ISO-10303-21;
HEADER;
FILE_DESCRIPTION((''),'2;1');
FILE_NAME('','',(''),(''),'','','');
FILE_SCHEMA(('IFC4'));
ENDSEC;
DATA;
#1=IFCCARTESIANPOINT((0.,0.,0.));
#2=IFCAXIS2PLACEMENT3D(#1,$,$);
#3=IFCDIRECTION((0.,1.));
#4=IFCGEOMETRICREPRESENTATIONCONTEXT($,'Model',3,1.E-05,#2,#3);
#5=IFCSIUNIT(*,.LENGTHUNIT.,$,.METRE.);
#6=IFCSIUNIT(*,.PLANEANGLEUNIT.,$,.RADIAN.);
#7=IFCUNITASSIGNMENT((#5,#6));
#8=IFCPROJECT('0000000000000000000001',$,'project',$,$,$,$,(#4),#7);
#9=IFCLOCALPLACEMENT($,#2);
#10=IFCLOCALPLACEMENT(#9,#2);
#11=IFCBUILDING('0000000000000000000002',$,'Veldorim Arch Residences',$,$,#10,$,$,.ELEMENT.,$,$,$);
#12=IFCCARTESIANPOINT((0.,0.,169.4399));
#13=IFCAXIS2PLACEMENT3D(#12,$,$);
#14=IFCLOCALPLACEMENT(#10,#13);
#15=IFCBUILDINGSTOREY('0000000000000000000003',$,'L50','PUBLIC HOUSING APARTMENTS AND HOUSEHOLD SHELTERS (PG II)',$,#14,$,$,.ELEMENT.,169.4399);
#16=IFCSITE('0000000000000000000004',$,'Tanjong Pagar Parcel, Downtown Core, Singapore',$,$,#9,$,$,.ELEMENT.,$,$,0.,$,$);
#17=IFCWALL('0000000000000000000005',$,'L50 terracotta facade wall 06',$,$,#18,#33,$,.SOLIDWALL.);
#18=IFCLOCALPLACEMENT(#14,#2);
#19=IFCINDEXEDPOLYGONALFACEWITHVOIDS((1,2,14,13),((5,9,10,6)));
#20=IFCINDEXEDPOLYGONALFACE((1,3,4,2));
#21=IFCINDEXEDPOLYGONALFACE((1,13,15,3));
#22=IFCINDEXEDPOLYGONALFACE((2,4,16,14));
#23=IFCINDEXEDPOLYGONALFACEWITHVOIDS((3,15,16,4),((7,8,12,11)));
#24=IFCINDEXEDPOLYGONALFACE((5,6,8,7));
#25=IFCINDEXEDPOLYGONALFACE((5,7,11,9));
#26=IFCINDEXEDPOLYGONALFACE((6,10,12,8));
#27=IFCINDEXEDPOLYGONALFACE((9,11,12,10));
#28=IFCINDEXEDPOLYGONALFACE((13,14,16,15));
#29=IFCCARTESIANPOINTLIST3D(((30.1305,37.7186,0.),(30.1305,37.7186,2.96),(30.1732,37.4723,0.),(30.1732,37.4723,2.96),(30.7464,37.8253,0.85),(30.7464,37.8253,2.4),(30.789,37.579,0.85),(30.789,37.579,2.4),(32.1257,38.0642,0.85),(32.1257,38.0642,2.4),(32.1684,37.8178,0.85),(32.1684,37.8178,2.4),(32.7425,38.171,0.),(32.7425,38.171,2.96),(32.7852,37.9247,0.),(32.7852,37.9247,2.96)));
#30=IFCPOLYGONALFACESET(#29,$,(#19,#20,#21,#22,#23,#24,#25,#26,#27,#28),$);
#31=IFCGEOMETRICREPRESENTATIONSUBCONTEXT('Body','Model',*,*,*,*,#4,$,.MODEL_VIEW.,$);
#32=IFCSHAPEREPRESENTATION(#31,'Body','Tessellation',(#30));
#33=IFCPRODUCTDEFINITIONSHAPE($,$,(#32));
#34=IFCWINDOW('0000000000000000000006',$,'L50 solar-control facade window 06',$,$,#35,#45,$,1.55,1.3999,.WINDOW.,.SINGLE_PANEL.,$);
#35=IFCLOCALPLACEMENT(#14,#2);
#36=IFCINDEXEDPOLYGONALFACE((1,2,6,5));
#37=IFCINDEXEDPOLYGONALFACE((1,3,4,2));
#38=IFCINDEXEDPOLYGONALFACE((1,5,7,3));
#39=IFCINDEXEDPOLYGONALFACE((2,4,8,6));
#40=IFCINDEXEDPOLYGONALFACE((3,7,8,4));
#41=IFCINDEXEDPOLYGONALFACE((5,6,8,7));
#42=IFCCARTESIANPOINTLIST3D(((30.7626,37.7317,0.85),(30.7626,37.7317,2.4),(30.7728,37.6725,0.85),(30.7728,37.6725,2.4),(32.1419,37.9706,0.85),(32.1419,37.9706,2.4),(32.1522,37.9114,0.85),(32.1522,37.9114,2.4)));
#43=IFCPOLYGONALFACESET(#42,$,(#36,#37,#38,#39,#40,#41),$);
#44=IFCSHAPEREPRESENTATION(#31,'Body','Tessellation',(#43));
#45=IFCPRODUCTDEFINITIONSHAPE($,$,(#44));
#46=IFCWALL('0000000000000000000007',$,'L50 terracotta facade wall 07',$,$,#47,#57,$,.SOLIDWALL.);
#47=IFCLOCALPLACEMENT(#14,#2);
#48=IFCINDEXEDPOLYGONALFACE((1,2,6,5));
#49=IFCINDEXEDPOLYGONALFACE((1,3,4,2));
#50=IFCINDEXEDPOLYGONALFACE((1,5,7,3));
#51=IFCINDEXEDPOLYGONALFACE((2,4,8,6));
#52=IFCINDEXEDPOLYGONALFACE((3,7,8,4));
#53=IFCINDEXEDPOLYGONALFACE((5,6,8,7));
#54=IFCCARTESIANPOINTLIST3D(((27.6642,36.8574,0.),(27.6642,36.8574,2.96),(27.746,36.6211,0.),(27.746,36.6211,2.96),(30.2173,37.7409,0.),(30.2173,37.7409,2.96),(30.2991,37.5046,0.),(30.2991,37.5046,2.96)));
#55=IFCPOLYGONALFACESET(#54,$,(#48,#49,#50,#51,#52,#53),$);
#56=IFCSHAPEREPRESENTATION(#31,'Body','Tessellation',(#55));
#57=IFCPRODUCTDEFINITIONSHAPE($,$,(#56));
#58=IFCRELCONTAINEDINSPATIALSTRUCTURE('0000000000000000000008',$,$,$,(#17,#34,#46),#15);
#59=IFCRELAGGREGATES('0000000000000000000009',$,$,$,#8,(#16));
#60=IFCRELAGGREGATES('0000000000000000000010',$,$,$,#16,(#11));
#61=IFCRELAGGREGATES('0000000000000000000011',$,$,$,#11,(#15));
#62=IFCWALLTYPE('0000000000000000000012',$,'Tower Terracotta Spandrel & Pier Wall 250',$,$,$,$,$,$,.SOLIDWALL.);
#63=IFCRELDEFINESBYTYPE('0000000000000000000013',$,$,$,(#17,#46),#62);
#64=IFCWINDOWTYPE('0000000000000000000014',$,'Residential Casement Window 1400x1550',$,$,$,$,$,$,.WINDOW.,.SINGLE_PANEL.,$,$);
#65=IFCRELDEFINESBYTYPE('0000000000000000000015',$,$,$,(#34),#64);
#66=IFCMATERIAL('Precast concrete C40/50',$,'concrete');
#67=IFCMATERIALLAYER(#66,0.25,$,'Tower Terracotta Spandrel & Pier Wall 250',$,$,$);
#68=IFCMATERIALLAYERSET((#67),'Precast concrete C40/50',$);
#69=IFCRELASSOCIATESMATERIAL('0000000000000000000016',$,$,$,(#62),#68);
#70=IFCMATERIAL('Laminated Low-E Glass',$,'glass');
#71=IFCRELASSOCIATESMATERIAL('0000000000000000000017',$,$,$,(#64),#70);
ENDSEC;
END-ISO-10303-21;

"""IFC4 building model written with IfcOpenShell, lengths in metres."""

from ifc_helpers import new_model, si_unit, direction, frame, frame_2d, origin, place, context, subcontext, project, spatial, rectangle, extrude, material, layer, layer_set, type_object, element, fill, save


model = new_model("IFC4")

# Units and contexts
model_context = context("Model", 3, precision=1e-05, world=origin(), true_north=direction((0.0, 1.0)))
body_context = subcontext(model_context, "Body", "Model", "MODEL_VIEW")
ifc_project = project(units=[si_unit("LENGTHUNIT", "METRE"), si_unit("PLANEANGLEUNIT", "RADIAN")], contexts=[model_context])

# Site, building, storey
site_placement = place(None, origin())
site = spatial("IfcSite", under=ifc_project, at=site_placement, Name="Tanjong Pagar Parcel, Downtown Core, Singapore", CompositionType="ELEMENT", RefElevation=0.0)
building_placement = place(site_placement, origin())
building = spatial("IfcBuilding", under=site, at=building_placement, Name="Veldorim Arch Residences", CompositionType="ELEMENT")
storey_placement = place(building_placement, frame((0.0, 0.0, 169.4399)))
storey = spatial("IfcBuildingStorey", under=building, at=storey_placement, Name="L50", Description="PUBLIC HOUSING APARTMENTS AND HOUSEHOLD SHELTERS (PG II)", CompositionType="ELEMENT", Elevation=169.4399)

# Wall, opening, window
ifc_material_1 = material(Name="Precast concrete C40/50", Category="concrete")
ifc_layer_1 = layer(ifc_material_1, 0.25, Name="Tower Terracotta Spandrel & Pier Wall 250")
ifc_layer_set_1 = layer_set([ifc_layer_1], Name="Precast concrete C40/50")
wall_type_1 = type_object("IfcWallType", Name="Tower Terracotta Spandrel & Pier Wall 250", PredefinedType="SOLIDWALL", material=ifc_layer_set_1)
wall_1_placement = place(storey_placement, frame((30.1519, 37.5955, 0.0), z_axis=(0.0, 0.0, 1.0), x_axis=(0.985331, 0.170653, 0.0)))
wall_1 = element("IfcWall", 1, at=wall_1_placement, inside=storey, type_object=wall_type_1, Name="L50 terracotta facade wall 06", PredefinedType="SOLIDWALL", context=body_context, shape_type="SweptSolid", body=[
    extrude(rectangle(XDim=2.6509, YDim=0.25, at=frame_2d((1.3254, 0.0))), origin(), (0.0, 0.0, 1.0), 2.96),
])
opening_1_placement = place(wall_1_placement, frame((0.625, 0.0, 0.8501)))
opening_1 = element("IfcOpeningElement", 2, at=opening_1_placement, cuts=wall_1, PredefinedType="OPENING", context=body_context, shape_type="SweptSolid", body=[
    extrude(rectangle(XDim=1.3999, YDim=1.55, at=frame_2d((0.7, 0.7749))), frame((0.0, 0.135, 0.0), z_axis=(0.0, -1.0, 0.0), x_axis=(1.0, 0.0, 0.0)), (0.0, 0.0, 1.0), 0.27),
])
ifc_material_2 = material(Name="Laminated Low-E Glass", Category="glass")
window_type = type_object("IfcWindowType", Name="Residential Casement Window 1400x1550", PartitioningType="SINGLE_PANEL", PredefinedType="WINDOW", material=ifc_material_2)
window_placement = place(opening_1_placement, origin())
window = element("IfcWindow", 3, at=window_placement, inside=storey, type_object=window_type, Name="L50 solar-control facade window 06", OverallHeight=1.55, OverallWidth=1.3999, PartitioningType="SINGLE_PANEL", PredefinedType="WINDOW", context=body_context, shape_type="SweptSolid", body=[
    extrude(rectangle(XDim=1.3999, YDim=1.55, at=frame_2d((0.7, 0.7749))), frame((0.0, 0.03, 0.0), z_axis=(0.0, -1.0, 0.0), x_axis=(1.0, 0.0, 0.0)), (0.0, 0.0, 1.0), 0.0601),
])
fill(opening_1, window)

# Wall
wall_2_placement = place(storey_placement, frame((27.7051, 36.7393, 0.0), z_axis=(0.0, 0.0, 1.0), x_axis=(0.945016, 0.327024, 0.0)))
element("IfcWall", 4, at=wall_2_placement, inside=storey, type_object=wall_type_1, Name="L50 terracotta facade wall 07", PredefinedType="SOLIDWALL", context=body_context, shape_type="SweptSolid", body=[
    extrude(rectangle(XDim=2.7017, YDim=0.25, at=frame_2d((1.3508, 0.0))), origin(), (0.0, 0.0, 1.0), 2.96),
])

save(model, "model.ifc")
